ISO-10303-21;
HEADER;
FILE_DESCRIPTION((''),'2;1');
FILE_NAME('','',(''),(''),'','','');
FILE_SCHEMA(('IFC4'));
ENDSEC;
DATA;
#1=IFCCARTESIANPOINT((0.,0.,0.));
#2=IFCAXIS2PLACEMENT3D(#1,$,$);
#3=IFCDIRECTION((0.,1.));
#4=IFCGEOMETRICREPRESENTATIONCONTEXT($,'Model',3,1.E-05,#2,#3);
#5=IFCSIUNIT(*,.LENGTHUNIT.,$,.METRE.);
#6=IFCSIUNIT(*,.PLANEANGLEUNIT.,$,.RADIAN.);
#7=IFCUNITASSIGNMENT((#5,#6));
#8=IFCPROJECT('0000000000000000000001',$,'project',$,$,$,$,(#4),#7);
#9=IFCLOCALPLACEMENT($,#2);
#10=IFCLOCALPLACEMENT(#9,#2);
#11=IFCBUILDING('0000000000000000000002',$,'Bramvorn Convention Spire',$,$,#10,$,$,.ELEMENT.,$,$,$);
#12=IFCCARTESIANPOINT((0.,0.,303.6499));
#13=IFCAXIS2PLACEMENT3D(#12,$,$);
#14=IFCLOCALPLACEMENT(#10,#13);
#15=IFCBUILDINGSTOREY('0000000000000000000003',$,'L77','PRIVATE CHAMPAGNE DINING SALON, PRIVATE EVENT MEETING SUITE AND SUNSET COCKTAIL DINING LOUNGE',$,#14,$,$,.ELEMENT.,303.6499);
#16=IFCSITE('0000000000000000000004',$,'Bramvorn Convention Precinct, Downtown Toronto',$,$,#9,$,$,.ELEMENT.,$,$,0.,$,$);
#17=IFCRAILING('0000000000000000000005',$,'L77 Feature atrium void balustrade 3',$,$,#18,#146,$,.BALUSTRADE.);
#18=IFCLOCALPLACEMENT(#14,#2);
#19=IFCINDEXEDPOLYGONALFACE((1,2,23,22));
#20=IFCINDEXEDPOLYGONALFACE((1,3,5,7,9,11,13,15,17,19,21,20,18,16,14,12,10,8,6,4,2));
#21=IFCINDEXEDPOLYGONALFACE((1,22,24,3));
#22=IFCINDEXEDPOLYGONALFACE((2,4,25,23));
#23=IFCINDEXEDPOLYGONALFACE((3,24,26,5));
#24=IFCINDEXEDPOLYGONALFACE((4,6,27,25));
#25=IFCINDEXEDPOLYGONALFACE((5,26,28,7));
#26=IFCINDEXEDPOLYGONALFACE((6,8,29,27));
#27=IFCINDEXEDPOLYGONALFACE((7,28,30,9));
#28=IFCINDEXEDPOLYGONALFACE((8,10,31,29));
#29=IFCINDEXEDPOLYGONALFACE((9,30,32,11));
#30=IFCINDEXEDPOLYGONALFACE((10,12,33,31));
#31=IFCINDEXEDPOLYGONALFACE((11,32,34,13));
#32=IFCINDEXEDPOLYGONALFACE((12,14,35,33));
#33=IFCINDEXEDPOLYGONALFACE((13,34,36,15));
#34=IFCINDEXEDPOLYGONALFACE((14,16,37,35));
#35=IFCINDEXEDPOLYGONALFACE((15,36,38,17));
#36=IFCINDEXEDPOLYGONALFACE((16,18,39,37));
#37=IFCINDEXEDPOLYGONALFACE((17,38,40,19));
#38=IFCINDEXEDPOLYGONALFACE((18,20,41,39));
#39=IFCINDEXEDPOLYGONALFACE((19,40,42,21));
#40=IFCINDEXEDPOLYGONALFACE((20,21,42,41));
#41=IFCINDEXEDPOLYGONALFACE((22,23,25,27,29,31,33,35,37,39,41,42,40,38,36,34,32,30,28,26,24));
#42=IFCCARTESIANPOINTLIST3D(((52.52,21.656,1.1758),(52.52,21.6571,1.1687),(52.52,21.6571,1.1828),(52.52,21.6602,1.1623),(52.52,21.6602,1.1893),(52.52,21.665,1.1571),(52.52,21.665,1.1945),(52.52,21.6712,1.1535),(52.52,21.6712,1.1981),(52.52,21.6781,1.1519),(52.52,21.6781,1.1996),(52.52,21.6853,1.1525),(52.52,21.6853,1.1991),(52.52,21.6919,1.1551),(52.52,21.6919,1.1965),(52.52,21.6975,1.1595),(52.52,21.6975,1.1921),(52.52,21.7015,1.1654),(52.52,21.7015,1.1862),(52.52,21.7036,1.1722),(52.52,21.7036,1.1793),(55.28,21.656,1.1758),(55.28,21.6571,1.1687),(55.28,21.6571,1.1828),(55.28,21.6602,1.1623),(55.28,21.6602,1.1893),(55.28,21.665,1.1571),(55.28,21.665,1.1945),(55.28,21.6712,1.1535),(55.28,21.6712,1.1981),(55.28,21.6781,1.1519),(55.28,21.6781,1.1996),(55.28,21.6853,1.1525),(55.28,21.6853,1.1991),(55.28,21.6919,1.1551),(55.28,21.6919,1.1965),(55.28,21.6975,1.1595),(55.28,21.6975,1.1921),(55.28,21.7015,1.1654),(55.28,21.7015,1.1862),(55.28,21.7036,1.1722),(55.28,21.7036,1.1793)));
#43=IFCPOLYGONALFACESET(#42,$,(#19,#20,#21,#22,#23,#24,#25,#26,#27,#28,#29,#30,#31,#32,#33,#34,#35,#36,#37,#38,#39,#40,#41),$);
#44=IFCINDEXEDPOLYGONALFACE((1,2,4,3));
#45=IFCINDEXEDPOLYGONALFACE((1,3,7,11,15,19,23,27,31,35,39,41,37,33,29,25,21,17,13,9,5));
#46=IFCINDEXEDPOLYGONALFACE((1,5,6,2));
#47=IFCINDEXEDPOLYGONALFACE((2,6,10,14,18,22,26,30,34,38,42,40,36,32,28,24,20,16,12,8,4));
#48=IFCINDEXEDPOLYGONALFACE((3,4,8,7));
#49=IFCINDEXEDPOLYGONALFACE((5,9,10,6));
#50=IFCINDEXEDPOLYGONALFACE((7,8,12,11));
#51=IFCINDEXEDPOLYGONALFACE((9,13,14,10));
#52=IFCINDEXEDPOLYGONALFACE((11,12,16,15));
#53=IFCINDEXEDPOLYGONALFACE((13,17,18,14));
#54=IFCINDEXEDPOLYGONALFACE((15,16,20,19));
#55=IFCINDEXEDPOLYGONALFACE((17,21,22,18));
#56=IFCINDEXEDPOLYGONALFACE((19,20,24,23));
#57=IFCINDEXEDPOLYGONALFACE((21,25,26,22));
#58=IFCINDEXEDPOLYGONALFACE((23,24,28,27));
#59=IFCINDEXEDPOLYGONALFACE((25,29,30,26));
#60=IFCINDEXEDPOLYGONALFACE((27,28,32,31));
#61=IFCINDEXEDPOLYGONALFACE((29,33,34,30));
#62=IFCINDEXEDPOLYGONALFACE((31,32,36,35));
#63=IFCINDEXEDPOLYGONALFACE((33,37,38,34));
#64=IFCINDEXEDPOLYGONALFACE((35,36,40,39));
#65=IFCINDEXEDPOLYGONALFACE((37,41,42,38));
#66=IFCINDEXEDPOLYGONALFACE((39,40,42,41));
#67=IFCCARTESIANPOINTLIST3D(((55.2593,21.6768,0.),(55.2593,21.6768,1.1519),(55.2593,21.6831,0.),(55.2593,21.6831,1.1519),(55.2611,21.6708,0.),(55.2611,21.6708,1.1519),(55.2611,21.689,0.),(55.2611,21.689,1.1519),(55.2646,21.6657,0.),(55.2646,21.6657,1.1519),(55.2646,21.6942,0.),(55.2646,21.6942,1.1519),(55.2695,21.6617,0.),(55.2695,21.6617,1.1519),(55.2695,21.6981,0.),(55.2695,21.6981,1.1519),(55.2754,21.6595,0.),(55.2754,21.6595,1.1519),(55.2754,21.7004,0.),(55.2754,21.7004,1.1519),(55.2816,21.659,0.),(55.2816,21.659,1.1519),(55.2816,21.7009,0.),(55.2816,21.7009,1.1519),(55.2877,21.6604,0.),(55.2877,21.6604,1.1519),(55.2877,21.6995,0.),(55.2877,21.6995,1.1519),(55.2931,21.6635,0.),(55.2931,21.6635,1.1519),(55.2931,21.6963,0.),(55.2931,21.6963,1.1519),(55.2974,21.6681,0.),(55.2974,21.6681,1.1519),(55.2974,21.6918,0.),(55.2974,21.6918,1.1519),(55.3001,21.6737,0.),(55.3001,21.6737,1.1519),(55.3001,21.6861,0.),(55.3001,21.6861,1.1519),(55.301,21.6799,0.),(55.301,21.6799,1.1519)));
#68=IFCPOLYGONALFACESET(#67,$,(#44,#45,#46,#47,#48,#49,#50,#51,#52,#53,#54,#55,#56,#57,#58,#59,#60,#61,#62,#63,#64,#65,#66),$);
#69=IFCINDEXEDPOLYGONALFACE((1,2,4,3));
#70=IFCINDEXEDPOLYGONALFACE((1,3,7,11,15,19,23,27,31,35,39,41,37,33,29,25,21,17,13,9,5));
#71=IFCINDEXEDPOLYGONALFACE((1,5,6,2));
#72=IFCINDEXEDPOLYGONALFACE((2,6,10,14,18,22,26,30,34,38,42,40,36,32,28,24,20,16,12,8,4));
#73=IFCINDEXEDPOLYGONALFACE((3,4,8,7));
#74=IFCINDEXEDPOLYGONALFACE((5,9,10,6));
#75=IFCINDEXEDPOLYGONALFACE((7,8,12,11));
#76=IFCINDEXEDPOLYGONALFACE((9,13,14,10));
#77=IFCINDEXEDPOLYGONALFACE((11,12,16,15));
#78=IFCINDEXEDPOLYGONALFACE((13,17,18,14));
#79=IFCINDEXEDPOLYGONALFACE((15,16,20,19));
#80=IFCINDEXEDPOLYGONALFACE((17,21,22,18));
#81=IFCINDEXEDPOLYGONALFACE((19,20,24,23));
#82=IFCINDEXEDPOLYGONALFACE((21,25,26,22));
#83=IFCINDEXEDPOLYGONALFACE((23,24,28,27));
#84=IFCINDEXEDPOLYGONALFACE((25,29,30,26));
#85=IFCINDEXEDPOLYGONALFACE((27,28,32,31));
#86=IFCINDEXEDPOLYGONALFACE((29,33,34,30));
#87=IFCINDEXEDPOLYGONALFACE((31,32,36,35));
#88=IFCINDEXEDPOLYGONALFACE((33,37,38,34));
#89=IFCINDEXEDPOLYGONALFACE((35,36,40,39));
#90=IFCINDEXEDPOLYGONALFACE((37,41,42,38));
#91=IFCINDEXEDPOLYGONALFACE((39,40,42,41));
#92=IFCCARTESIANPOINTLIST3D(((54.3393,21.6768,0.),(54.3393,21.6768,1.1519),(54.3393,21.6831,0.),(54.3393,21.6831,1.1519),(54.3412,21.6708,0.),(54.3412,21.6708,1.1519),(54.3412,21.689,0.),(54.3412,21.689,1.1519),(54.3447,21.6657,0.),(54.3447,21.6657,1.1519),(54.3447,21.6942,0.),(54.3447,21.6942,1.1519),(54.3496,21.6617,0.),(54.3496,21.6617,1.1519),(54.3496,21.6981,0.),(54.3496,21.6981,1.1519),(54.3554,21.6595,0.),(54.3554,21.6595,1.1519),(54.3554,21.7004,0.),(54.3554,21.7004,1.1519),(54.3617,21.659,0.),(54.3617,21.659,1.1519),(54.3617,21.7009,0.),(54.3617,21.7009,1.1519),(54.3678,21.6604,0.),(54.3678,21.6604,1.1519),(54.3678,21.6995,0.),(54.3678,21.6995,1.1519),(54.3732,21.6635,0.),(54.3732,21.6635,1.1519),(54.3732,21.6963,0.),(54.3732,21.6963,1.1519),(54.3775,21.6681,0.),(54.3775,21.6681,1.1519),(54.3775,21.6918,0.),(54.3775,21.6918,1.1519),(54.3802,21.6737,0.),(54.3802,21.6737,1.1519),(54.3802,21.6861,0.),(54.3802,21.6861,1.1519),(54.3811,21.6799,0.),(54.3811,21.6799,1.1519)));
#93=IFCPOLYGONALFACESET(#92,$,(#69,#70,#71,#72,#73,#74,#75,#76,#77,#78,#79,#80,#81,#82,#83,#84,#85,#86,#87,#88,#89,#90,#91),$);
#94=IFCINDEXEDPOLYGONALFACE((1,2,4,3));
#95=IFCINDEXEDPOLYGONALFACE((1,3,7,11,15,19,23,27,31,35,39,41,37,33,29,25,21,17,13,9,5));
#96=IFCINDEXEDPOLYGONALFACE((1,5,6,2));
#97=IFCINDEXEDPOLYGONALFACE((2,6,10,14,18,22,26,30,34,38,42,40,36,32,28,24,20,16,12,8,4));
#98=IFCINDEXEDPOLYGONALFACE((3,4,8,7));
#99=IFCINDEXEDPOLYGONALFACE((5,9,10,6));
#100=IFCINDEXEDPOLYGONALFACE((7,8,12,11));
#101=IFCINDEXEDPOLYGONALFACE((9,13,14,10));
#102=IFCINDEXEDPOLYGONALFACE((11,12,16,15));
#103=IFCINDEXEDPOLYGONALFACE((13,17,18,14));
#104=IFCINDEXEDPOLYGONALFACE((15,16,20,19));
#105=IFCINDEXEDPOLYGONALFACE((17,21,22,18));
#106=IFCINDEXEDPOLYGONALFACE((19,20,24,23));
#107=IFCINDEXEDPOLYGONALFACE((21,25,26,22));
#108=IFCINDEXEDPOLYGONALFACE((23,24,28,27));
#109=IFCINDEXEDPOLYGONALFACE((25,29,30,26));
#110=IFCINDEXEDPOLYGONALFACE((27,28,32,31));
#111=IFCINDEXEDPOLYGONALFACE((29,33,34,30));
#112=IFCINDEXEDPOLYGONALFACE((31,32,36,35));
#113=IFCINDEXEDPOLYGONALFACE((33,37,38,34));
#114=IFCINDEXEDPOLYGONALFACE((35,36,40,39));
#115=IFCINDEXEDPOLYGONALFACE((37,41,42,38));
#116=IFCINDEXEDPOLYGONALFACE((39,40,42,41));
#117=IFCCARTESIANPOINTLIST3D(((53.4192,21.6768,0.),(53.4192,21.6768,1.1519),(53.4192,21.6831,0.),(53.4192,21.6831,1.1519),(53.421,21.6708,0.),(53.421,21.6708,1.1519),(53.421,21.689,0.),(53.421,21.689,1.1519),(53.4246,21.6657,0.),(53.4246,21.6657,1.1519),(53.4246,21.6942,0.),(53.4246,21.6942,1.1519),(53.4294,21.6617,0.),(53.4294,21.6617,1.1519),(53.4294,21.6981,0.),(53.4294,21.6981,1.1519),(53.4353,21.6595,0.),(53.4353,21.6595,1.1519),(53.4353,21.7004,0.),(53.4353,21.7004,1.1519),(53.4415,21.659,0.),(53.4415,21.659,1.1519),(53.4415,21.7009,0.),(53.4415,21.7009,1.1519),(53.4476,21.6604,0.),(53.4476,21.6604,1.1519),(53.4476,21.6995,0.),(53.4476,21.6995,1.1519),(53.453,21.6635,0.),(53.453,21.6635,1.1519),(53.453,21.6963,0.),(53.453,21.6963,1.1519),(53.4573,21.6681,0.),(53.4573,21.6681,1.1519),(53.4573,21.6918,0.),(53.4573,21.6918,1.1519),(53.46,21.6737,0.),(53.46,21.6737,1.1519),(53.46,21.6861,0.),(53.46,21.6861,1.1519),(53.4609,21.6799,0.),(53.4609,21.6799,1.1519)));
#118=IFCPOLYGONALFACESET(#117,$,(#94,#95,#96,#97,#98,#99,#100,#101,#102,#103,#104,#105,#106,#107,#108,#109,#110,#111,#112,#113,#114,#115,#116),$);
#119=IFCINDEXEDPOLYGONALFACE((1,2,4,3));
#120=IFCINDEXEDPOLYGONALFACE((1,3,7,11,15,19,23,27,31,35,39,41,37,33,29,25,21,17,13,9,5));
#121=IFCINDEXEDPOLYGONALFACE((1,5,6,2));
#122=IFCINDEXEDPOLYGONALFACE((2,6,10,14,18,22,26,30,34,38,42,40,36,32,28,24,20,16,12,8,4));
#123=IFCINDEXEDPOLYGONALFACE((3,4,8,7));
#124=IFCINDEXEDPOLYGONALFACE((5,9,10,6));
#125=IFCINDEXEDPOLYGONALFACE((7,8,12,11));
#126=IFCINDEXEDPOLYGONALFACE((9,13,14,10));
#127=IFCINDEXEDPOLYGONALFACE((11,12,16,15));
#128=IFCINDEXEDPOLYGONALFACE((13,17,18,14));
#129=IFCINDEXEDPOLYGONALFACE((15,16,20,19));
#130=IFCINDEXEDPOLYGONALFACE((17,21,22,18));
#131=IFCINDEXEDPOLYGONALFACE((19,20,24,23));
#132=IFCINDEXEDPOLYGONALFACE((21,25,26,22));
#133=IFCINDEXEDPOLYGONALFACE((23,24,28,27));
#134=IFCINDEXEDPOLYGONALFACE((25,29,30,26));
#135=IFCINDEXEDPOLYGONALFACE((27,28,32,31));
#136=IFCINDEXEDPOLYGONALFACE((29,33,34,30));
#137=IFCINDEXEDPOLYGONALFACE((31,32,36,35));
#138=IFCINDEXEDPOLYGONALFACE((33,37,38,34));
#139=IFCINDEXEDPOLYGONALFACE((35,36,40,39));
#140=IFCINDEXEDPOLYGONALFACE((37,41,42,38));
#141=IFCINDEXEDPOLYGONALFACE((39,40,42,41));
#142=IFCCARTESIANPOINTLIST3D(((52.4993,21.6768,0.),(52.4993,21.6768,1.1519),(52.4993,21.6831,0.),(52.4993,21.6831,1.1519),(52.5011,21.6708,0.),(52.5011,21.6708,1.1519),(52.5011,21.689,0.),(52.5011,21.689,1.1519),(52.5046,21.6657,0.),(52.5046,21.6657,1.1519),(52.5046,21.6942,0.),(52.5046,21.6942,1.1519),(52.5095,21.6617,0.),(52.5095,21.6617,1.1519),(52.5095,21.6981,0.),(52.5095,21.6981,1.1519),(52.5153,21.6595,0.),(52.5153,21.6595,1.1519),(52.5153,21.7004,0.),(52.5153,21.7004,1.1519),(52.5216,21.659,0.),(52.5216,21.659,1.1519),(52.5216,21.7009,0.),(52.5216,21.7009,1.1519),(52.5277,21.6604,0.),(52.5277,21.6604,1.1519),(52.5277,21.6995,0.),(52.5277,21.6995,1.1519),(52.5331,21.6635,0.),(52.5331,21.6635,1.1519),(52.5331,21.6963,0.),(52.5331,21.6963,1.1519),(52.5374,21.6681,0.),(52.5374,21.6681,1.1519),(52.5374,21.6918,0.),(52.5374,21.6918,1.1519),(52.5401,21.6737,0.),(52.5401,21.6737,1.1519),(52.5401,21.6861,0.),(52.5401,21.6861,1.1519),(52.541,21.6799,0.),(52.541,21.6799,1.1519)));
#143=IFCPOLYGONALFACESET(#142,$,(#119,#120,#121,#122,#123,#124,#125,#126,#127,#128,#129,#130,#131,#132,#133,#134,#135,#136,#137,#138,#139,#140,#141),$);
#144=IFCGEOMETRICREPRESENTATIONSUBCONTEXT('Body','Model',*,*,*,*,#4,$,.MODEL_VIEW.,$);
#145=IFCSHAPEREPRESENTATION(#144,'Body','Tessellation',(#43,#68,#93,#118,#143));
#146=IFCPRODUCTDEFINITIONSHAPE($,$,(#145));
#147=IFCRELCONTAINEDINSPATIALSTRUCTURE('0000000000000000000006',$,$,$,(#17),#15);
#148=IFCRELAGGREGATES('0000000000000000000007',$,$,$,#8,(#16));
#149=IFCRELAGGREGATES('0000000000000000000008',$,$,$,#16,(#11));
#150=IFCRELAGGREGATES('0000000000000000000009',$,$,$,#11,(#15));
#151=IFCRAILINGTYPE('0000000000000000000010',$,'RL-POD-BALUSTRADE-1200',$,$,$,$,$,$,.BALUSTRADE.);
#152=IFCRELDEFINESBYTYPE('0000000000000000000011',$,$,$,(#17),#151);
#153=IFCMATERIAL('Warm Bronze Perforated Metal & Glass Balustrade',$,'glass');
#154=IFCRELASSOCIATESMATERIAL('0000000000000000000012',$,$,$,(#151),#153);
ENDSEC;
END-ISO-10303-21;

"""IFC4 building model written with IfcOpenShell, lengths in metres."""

from ifc_helpers import new_model, si_unit, direction, frame, origin, origin_2d, place, context, subcontext, project, spatial, circle, extrude, material, type_object, element, save


model = new_model("IFC4")

# Units and contexts
model_context = context("Model", 3, precision=1e-05, world=origin(), true_north=direction((0.0, 1.0)))
body_context = subcontext(model_context, "Body", "Model", "MODEL_VIEW")
ifc_project = project(units=[si_unit("LENGTHUNIT", "METRE"), si_unit("PLANEANGLEUNIT", "RADIAN")], contexts=[model_context])

# Site, building, storey
site_placement = place(None, origin())
site = spatial("IfcSite", under=ifc_project, at=site_placement, Name="Bramvorn Convention Precinct, Downtown Toronto", CompositionType="ELEMENT", RefElevation=0.0)
building_placement = place(site_placement, origin())
building = spatial("IfcBuilding", under=site, at=building_placement, Name="Bramvorn Convention Spire", CompositionType="ELEMENT")
storey_placement = place(building_placement, frame((0.0, 0.0, 303.6499)))
storey = spatial("IfcBuildingStorey", under=building, at=storey_placement, Name="L77", Description="PRIVATE CHAMPAGNE DINING SALON, PRIVATE EVENT MEETING SUITE AND SUNSET COCKTAIL DINING LOUNGE", CompositionType="ELEMENT", Elevation=303.6499)

# Railing
ifc_material_1 = material(Name="Warm Bronze Perforated Metal & Glass Balustrade", Category="glass")
railing_type = type_object("IfcRailingType", Name="RL-POD-BALUSTRADE-1200", PredefinedType="BALUSTRADE", material=ifc_material_1)
railing_1_placement = place(storey_placement, frame((55.28, 21.6799, 0.0)))
element("IfcRailing", 1, at=railing_1_placement, inside=storey, type_object=railing_type, Name="L77 Feature atrium void balustrade 3", PredefinedType="BALUSTRADE", context=body_context, shape_type="SweptSolid", body=[
    extrude(circle(Radius=0.0239, at=origin_2d()), frame((0.0, 0.0, 1.1758), z_axis=(-1.0, 0.0, 0.0), x_axis=(0.0, -1.0, 0.0)), (0.0, 0.0, 1.0), 2.76),
    extrude(circle(Radius=0.021, at=origin_2d()), origin(), (0.0, 0.0, 1.0), 1.1519),
    extrude(circle(Radius=0.021, at=origin_2d()), frame((-0.9199, 0.0, 0.0)), (0.0, 0.0, 1.0), 1.1519),
    extrude(circle(Radius=0.021, at=origin_2d()), frame((-1.8401, 0.0, 0.0)), (0.0, 0.0, 1.0), 1.1519),
    extrude(circle(Radius=0.021, at=origin_2d()), frame((-2.76, 0.0, 0.0)), (0.0, 0.0, 1.0), 1.1519),
])

save(model, "model.ifc")
